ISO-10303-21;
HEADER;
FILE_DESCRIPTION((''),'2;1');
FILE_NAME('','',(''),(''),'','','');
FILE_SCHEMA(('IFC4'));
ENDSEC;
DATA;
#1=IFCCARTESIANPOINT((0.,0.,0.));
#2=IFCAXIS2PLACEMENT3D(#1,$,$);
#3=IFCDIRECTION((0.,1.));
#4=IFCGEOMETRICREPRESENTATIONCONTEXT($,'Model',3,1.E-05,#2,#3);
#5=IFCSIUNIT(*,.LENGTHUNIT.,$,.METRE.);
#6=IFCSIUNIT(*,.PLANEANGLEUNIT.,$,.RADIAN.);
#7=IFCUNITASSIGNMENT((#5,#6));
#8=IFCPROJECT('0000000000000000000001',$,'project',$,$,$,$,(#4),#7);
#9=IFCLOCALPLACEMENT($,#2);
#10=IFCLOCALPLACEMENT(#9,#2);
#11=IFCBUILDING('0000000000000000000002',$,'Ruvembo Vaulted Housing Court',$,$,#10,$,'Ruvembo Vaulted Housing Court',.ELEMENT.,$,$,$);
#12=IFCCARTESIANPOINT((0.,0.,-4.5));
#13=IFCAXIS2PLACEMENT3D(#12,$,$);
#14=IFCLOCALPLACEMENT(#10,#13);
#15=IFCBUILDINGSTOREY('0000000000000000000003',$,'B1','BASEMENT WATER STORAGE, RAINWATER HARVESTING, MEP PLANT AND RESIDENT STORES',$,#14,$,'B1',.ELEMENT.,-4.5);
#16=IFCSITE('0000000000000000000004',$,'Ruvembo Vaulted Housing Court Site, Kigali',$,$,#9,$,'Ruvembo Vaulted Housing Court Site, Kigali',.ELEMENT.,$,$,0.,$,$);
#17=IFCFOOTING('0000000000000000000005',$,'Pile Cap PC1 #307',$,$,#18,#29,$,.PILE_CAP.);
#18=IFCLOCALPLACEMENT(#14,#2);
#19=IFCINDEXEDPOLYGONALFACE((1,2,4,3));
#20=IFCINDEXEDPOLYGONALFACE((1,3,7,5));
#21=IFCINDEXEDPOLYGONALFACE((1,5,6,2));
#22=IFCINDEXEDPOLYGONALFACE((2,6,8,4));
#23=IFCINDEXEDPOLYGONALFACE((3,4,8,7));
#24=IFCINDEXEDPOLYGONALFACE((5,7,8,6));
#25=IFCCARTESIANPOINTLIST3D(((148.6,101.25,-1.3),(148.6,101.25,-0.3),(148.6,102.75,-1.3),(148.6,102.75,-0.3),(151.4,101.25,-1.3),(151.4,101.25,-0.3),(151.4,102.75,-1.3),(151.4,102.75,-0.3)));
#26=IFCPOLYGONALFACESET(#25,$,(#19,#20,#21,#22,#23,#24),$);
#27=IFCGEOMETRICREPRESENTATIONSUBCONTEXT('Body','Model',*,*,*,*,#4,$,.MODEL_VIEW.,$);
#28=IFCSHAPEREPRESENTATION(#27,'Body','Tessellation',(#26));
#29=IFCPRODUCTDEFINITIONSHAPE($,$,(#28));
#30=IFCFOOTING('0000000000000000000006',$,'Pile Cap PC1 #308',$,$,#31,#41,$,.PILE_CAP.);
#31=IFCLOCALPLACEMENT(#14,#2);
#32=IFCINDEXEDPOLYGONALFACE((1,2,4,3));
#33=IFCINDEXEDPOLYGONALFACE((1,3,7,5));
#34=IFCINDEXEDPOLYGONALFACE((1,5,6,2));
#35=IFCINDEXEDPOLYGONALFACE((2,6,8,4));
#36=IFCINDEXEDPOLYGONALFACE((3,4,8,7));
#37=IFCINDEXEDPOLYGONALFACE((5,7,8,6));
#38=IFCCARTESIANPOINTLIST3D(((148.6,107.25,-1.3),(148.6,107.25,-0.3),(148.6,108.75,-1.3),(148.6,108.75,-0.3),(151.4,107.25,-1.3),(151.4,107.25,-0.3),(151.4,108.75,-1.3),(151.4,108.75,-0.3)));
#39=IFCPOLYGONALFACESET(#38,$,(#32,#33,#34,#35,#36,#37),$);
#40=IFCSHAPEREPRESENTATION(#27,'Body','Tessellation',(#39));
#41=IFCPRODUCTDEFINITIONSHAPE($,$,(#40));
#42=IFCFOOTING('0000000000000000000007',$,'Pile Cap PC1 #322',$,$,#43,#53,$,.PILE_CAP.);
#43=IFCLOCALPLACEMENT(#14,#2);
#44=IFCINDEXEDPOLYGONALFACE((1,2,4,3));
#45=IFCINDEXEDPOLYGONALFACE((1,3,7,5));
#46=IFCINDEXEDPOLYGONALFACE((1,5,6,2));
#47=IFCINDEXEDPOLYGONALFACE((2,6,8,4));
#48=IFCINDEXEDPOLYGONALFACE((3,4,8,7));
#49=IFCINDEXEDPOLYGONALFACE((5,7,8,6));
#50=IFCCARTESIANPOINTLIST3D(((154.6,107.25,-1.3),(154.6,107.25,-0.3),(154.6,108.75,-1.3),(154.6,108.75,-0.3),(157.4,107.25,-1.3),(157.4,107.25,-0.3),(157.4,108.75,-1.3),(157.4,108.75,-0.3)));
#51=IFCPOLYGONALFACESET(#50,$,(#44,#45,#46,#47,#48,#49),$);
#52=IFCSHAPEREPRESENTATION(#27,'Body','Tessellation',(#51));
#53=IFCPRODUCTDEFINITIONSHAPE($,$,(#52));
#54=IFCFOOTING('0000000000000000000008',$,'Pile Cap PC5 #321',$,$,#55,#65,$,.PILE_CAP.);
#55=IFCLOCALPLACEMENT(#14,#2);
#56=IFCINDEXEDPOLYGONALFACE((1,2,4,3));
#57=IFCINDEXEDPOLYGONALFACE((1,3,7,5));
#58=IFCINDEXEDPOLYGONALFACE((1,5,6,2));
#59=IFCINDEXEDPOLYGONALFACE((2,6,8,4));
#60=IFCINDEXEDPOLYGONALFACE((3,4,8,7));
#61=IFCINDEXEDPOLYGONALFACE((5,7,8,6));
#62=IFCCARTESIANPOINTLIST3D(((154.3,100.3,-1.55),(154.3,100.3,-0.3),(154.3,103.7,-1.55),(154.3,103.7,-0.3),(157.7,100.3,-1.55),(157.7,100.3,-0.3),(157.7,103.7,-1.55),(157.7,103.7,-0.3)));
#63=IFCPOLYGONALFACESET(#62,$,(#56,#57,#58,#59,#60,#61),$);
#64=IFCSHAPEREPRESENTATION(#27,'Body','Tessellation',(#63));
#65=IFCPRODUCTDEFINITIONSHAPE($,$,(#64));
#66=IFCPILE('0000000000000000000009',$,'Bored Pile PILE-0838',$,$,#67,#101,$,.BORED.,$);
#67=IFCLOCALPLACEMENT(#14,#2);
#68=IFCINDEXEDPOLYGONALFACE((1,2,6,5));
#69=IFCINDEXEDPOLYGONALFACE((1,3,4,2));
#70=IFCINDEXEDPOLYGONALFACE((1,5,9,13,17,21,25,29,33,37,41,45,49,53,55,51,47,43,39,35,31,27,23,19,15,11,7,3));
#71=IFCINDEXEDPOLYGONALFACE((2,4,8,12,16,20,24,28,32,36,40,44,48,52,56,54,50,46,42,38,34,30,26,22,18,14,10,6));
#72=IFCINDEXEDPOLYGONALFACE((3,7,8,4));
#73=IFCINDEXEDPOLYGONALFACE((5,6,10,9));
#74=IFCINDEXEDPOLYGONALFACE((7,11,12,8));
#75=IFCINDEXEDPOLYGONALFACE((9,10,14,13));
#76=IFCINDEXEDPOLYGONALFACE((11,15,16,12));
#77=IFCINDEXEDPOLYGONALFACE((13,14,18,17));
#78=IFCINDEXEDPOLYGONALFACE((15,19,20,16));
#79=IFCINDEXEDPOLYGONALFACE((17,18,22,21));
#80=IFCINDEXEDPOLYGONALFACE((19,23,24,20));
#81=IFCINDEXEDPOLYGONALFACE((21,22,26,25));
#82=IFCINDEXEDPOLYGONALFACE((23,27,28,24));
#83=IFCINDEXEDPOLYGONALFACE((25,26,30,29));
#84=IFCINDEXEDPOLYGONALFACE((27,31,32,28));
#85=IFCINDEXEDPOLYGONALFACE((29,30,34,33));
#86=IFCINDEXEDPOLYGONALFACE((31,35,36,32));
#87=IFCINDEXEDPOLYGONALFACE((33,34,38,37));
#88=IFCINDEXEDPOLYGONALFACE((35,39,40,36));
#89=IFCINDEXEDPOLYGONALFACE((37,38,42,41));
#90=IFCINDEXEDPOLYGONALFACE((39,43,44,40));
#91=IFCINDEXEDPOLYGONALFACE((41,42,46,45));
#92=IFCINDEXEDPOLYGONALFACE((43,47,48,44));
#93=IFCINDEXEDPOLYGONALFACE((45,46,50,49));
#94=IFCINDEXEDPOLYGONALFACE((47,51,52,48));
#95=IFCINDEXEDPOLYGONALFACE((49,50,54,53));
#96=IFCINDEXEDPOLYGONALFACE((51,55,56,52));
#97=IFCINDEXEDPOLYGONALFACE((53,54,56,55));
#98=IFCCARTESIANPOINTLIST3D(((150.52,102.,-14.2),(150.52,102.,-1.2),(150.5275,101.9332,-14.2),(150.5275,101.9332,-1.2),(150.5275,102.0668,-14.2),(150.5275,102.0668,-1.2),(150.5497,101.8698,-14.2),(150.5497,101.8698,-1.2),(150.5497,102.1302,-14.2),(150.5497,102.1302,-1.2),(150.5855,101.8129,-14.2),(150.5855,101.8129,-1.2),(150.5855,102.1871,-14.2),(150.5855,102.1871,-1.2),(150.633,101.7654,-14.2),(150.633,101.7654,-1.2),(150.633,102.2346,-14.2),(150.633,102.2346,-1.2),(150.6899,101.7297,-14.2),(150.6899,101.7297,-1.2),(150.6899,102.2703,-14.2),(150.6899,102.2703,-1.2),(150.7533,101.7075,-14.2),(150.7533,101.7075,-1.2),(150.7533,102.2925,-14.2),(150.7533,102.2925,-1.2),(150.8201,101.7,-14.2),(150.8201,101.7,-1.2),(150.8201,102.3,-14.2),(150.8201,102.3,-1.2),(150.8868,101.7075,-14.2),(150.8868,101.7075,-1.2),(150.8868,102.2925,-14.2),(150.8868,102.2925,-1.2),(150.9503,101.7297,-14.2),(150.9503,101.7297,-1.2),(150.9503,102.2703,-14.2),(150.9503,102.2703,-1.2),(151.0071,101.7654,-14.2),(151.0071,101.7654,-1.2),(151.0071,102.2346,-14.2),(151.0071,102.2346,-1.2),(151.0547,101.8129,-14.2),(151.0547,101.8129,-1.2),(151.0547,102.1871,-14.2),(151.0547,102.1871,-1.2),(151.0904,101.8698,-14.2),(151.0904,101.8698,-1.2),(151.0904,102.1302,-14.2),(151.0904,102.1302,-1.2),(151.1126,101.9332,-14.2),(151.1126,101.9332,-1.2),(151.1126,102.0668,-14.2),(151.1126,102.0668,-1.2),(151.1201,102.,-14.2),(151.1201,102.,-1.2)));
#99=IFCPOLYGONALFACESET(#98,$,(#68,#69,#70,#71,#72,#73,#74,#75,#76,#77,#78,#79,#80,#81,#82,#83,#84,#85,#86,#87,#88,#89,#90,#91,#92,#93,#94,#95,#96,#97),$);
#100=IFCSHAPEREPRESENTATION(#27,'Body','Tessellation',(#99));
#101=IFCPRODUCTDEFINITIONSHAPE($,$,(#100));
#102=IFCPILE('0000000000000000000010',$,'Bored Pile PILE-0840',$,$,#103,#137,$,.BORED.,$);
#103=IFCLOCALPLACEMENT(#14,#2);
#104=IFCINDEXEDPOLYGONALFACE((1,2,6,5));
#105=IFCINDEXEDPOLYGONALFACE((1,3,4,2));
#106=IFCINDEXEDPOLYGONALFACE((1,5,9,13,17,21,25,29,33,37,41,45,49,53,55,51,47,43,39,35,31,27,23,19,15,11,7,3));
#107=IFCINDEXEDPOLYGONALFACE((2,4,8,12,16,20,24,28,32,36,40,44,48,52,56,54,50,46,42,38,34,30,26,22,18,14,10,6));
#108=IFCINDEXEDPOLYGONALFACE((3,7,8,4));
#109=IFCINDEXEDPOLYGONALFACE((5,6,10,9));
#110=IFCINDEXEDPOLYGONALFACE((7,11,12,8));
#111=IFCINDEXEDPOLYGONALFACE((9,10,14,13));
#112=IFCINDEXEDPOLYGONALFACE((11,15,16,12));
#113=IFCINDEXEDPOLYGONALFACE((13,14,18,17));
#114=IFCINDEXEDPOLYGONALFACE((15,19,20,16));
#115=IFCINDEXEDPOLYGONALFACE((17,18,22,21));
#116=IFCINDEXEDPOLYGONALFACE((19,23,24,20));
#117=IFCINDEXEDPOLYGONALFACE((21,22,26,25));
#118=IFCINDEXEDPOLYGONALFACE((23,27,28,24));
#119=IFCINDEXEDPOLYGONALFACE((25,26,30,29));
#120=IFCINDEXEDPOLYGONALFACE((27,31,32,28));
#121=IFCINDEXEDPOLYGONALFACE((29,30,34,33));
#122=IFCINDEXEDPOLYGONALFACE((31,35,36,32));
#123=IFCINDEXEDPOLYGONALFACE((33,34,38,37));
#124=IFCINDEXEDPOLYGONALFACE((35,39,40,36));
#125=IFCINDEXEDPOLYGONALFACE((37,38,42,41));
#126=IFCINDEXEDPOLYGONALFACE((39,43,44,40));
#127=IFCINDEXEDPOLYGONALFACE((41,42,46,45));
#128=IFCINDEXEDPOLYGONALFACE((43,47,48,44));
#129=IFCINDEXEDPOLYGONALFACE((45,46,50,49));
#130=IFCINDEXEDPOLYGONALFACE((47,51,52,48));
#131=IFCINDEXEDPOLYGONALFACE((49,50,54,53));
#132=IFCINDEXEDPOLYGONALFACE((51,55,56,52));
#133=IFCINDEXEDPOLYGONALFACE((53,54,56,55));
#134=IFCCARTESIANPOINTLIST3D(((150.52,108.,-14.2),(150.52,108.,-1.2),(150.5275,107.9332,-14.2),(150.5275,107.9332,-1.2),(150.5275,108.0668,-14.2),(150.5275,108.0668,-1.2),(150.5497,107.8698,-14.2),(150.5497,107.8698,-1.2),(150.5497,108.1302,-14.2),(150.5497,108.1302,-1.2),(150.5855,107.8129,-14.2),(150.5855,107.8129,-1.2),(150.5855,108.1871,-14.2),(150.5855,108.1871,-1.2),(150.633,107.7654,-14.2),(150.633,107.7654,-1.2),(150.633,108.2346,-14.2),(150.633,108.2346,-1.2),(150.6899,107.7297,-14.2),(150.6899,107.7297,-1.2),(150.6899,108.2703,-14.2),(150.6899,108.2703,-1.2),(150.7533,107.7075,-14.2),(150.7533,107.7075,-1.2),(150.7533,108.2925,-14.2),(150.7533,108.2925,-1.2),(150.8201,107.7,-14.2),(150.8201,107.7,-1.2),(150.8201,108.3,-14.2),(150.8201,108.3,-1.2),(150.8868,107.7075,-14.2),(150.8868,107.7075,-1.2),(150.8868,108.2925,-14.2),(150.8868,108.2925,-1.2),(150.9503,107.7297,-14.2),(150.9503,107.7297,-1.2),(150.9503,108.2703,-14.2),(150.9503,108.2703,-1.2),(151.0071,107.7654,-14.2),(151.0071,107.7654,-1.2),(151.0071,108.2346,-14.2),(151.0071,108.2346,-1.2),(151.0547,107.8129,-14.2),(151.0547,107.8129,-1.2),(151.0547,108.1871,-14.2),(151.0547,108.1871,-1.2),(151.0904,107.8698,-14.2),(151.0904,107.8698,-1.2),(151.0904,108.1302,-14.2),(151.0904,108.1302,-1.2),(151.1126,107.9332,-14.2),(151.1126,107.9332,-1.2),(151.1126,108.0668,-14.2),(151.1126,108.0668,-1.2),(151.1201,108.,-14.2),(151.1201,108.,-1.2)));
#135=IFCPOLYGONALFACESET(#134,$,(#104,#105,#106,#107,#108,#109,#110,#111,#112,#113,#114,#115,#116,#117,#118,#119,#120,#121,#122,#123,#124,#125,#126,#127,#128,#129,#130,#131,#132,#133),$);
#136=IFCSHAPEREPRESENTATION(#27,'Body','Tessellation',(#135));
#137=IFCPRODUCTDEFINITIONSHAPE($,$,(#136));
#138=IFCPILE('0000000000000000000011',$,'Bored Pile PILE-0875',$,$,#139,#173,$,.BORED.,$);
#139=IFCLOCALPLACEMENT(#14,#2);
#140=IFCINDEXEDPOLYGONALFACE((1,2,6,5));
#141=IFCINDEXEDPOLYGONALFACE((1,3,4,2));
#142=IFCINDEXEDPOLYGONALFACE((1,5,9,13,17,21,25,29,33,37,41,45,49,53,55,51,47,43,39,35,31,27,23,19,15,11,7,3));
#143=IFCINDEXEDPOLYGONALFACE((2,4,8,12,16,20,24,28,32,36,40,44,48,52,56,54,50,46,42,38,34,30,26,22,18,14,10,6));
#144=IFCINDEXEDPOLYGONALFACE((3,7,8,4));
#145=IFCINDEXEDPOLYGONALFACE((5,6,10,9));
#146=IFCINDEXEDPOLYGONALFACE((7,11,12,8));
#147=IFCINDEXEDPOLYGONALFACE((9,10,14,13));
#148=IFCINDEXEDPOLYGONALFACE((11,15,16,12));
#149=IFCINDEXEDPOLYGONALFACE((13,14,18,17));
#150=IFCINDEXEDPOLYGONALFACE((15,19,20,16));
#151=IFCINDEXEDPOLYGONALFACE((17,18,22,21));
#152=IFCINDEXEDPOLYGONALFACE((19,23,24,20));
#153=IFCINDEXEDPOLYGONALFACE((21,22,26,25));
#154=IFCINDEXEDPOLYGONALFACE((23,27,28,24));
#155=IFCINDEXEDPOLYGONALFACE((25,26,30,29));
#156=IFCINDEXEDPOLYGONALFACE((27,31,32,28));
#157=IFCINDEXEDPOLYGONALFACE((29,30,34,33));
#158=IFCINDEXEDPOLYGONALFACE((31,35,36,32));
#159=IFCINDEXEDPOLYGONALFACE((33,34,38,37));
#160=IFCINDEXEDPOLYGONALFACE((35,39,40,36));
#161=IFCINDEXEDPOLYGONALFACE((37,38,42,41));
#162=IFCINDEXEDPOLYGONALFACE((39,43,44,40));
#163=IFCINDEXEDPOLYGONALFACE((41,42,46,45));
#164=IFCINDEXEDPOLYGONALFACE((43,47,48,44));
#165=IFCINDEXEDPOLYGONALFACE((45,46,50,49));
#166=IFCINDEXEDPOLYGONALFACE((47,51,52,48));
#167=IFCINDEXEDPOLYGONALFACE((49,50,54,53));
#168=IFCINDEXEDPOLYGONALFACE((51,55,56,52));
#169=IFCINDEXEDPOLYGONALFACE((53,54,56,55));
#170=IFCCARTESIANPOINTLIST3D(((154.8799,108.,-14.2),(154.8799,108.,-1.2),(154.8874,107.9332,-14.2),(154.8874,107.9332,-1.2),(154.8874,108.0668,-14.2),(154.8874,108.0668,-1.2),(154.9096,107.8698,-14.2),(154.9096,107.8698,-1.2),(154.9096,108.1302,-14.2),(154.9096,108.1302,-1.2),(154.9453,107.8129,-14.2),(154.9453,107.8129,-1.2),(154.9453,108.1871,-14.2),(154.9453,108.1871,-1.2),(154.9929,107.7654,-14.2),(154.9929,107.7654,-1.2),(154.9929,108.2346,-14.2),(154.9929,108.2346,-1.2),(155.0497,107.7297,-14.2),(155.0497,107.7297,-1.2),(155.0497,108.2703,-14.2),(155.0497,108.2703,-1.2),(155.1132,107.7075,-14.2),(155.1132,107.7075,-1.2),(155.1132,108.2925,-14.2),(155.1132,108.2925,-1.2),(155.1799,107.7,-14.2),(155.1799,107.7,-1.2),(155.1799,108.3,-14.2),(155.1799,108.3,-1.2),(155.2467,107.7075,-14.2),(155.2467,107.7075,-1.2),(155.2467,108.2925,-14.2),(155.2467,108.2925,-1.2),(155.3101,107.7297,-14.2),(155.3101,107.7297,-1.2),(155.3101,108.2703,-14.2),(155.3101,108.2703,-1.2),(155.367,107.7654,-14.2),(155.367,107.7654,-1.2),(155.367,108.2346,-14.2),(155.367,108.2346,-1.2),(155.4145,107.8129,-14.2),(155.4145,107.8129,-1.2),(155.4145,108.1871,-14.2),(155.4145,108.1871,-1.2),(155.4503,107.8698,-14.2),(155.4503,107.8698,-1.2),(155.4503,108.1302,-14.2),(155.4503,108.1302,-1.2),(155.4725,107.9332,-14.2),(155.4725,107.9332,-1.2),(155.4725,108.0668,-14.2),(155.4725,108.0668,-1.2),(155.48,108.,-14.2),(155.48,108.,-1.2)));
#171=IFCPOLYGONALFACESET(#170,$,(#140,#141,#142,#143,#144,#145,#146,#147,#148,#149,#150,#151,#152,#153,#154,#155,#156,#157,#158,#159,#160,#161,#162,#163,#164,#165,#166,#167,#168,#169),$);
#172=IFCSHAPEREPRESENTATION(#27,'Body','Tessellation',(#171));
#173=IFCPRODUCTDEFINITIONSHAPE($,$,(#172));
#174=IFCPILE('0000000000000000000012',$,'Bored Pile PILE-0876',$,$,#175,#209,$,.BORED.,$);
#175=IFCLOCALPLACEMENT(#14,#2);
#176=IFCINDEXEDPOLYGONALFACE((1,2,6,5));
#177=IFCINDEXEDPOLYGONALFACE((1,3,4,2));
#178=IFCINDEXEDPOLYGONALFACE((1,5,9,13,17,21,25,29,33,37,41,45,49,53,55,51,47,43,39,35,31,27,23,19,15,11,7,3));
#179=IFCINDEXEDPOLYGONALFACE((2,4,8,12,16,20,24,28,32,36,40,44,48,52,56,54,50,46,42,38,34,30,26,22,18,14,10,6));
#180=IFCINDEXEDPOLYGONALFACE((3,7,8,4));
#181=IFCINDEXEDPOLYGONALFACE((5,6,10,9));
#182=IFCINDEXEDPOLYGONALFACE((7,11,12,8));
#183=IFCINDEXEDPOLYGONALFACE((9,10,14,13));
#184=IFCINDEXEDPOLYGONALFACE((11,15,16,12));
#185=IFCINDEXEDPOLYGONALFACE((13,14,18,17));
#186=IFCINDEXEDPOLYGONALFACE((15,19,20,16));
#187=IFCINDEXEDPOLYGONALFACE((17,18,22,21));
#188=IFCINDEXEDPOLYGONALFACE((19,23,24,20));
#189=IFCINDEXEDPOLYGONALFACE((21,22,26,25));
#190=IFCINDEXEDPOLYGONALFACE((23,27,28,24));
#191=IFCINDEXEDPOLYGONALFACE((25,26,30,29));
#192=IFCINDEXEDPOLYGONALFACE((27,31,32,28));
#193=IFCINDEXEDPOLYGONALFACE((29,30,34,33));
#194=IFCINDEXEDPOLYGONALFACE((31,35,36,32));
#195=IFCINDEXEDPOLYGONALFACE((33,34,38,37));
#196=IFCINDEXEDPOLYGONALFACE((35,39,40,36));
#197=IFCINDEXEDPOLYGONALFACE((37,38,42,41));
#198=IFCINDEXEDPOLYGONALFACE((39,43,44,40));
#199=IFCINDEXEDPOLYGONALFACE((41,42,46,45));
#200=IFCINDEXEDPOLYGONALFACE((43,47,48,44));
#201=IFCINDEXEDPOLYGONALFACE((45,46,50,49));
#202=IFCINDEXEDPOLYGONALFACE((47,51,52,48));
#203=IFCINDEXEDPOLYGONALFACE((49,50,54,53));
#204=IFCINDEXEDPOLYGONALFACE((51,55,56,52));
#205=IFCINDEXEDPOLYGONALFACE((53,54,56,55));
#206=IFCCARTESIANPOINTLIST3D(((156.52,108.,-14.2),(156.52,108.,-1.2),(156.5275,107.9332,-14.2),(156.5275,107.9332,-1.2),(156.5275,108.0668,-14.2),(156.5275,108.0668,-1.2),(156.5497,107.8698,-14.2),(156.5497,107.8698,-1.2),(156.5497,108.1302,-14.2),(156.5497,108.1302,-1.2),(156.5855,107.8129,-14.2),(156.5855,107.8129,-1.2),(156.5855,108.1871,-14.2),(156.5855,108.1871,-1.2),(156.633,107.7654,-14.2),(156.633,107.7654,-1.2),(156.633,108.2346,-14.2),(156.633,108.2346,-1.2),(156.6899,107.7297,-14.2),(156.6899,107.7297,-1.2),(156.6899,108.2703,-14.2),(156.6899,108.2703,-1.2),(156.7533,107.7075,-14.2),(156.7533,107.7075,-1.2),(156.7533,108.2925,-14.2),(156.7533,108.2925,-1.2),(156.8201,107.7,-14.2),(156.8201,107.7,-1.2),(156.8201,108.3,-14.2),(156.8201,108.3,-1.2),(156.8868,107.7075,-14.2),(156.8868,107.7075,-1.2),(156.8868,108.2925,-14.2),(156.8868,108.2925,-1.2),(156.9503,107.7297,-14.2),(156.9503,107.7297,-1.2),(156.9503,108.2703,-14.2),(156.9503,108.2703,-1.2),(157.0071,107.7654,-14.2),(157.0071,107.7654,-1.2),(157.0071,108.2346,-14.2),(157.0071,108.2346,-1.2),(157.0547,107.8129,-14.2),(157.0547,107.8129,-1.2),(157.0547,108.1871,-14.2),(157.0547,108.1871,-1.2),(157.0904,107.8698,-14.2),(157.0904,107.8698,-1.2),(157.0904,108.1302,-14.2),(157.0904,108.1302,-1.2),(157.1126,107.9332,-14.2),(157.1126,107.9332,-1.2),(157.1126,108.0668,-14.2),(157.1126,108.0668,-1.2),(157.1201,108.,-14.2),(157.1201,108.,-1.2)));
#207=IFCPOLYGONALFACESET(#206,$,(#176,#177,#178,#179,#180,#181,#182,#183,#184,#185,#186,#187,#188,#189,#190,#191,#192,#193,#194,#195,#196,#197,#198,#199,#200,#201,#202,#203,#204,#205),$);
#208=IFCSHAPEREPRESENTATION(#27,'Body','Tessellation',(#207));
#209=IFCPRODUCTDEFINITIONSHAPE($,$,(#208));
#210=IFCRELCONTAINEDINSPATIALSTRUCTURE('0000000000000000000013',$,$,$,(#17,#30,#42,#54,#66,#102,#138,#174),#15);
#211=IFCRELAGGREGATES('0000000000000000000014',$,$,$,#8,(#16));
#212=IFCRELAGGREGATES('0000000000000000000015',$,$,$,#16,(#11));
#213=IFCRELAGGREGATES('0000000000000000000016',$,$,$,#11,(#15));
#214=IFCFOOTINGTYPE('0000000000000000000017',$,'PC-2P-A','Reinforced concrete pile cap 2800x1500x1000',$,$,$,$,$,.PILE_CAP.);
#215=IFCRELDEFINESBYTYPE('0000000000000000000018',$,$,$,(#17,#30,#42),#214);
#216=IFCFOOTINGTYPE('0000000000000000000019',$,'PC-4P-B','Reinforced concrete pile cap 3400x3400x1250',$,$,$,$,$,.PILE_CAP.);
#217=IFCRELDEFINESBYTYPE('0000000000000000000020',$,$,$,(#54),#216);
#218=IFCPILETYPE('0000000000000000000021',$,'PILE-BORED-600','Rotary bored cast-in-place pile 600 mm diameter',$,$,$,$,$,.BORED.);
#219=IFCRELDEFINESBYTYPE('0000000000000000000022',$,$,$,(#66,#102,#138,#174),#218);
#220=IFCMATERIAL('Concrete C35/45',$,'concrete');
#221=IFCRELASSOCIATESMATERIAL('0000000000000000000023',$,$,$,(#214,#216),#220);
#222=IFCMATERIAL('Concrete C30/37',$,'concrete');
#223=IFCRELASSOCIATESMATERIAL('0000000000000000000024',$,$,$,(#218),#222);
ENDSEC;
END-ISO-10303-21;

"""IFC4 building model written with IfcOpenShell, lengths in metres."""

from ifc_helpers import new_model, si_unit, direction, frame, origin, origin_2d, place, context, subcontext, project, spatial, rectangle, circle, extrude, material, material_profile, profile_set, type_object, element, save


model = new_model("IFC4")

# Units and contexts
model_context = context("Model", 3, precision=1e-05, world=origin(), true_north=direction((0.0, 1.0)))
body_context = subcontext(model_context, "Body", "Model", "MODEL_VIEW")
ifc_project = project(units=[si_unit("LENGTHUNIT", "METRE"), si_unit("PLANEANGLEUNIT", "RADIAN")], contexts=[model_context])

# Site, building, storey
site_placement = place(None, origin())
site = spatial("IfcSite", under=ifc_project, at=site_placement, Name="Ruvembo Vaulted Housing Court Site, Kigali", LongName="Ruvembo Vaulted Housing Court Site, Kigali", CompositionType="ELEMENT", RefElevation=0.0)
building_placement = place(site_placement, origin())
building = spatial("IfcBuilding", under=site, at=building_placement, Name="Ruvembo Vaulted Housing Court", LongName="Ruvembo Vaulted Housing Court", CompositionType="ELEMENT")
storey_placement = place(building_placement, frame((0.0, 0.0, -4.5)))
storey = spatial("IfcBuildingStorey", under=building, at=storey_placement, Name="B1", Description="BASEMENT WATER STORAGE, RAINWATER HARVESTING, MEP PLANT AND RESIDENT STORES", LongName="B1", CompositionType="ELEMENT", Elevation=-4.5)

# Footings
ifc_material_1 = material(Name="Concrete C35/45", Category="concrete")
footing_type_1 = type_object("IfcFootingType", Name="PC-2P-A", Description="Reinforced concrete pile cap 2800x1500x1000", PredefinedType="PILE_CAP", material=ifc_material_1)
for number, where, z_axis, x_axis, name in (
    (1, (150.0, 102.0, -1.3), (0.0, 0.0, 1.0), (1.0, 0.0, 0.0), "Pile Cap PC1 #307"),
    (2, (150.0, 108.0, -1.3), (0.0, 0.0, 1.0), (1.0, 0.0, 0.0), "Pile Cap PC1 #308"),
    (3, (156.0, 108.0, -1.3), (0.0, 0.0, 1.0), (1.0, 0.0, 0.0), "Pile Cap PC1 #322"),
):
    element("IfcFooting", number, at=place(storey_placement, frame(where, z_axis=z_axis, x_axis=x_axis)), inside=storey, type_object=footing_type_1, Name=name, PredefinedType="PILE_CAP", context=body_context, shape_type="SweptSolid", body=[
        extrude(rectangle(XDim=2.8, YDim=1.5, at=origin_2d()), origin(), (0.0, 0.0, 1.0), 1.0),
    ])
footing_type_2 = type_object("IfcFootingType", Name="PC-4P-B", Description="Reinforced concrete pile cap 3400x3400x1250", PredefinedType="PILE_CAP", material=ifc_material_1)
footing_placement = place(storey_placement, frame((156.0, 102.0, -1.55), z_axis=(0.0, 0.0, 1.0), x_axis=(1.0, 0.0, 0.0)))
element("IfcFooting", 4, at=footing_placement, inside=storey, type_object=footing_type_2, Name="Pile Cap PC5 #321", PredefinedType="PILE_CAP", context=body_context, shape_type="SweptSolid", body=[
    extrude(rectangle(XDim=3.3999, YDim=3.3999, at=origin_2d()), origin(), (0.0, 0.0, 1.0), 1.25),
])

# Piles
ifc_material_2 = material(Name="Concrete C30/37", Category="concrete")
ifc_material_profile_1 = material_profile(ifc_material_2, circle(Radius=0.3, at=origin_2d()), Name="PILE D600")
ifc_profile_set_1 = profile_set([ifc_material_profile_1], Name="Concrete C30/37")
pile_type_1 = type_object("IfcPileType", Name="PILE-BORED-600", Description="Rotary bored cast-in-place pile 600 mm diameter", PredefinedType="BORED", material=ifc_profile_set_1)
for number, where, z_axis, x_axis, name in (
    (5, (150.8201, 102.0, -1.2), (0.0, 0.0, -1.0), (1.0, 0.0, 0.0), "Bored Pile PILE-0838"),
    (6, (150.8201, 108.0, -1.2), (0.0, 0.0, -1.0), (1.0, 0.0, 0.0), "Bored Pile PILE-0840"),
    (7, (155.1799, 108.0, -1.2), (0.0, 0.0, -1.0), (1.0, 0.0, 0.0), "Bored Pile PILE-0875"),
    (8, (156.8201, 108.0, -1.2), (0.0, 0.0, -1.0), (1.0, 0.0, 0.0), "Bored Pile PILE-0876"),
):
    element("IfcPile", number, at=place(storey_placement, frame(where, z_axis=z_axis, x_axis=x_axis)), inside=storey, type_object=pile_type_1, Name=name, PredefinedType="BORED", context=body_context, shape_type="SweptSolid", body=[
        extrude(circle(Radius=0.3, at=origin_2d()), origin(), (0.0, 0.0, 1.0), 13.0),
    ])

save(model, "model.ifc")
